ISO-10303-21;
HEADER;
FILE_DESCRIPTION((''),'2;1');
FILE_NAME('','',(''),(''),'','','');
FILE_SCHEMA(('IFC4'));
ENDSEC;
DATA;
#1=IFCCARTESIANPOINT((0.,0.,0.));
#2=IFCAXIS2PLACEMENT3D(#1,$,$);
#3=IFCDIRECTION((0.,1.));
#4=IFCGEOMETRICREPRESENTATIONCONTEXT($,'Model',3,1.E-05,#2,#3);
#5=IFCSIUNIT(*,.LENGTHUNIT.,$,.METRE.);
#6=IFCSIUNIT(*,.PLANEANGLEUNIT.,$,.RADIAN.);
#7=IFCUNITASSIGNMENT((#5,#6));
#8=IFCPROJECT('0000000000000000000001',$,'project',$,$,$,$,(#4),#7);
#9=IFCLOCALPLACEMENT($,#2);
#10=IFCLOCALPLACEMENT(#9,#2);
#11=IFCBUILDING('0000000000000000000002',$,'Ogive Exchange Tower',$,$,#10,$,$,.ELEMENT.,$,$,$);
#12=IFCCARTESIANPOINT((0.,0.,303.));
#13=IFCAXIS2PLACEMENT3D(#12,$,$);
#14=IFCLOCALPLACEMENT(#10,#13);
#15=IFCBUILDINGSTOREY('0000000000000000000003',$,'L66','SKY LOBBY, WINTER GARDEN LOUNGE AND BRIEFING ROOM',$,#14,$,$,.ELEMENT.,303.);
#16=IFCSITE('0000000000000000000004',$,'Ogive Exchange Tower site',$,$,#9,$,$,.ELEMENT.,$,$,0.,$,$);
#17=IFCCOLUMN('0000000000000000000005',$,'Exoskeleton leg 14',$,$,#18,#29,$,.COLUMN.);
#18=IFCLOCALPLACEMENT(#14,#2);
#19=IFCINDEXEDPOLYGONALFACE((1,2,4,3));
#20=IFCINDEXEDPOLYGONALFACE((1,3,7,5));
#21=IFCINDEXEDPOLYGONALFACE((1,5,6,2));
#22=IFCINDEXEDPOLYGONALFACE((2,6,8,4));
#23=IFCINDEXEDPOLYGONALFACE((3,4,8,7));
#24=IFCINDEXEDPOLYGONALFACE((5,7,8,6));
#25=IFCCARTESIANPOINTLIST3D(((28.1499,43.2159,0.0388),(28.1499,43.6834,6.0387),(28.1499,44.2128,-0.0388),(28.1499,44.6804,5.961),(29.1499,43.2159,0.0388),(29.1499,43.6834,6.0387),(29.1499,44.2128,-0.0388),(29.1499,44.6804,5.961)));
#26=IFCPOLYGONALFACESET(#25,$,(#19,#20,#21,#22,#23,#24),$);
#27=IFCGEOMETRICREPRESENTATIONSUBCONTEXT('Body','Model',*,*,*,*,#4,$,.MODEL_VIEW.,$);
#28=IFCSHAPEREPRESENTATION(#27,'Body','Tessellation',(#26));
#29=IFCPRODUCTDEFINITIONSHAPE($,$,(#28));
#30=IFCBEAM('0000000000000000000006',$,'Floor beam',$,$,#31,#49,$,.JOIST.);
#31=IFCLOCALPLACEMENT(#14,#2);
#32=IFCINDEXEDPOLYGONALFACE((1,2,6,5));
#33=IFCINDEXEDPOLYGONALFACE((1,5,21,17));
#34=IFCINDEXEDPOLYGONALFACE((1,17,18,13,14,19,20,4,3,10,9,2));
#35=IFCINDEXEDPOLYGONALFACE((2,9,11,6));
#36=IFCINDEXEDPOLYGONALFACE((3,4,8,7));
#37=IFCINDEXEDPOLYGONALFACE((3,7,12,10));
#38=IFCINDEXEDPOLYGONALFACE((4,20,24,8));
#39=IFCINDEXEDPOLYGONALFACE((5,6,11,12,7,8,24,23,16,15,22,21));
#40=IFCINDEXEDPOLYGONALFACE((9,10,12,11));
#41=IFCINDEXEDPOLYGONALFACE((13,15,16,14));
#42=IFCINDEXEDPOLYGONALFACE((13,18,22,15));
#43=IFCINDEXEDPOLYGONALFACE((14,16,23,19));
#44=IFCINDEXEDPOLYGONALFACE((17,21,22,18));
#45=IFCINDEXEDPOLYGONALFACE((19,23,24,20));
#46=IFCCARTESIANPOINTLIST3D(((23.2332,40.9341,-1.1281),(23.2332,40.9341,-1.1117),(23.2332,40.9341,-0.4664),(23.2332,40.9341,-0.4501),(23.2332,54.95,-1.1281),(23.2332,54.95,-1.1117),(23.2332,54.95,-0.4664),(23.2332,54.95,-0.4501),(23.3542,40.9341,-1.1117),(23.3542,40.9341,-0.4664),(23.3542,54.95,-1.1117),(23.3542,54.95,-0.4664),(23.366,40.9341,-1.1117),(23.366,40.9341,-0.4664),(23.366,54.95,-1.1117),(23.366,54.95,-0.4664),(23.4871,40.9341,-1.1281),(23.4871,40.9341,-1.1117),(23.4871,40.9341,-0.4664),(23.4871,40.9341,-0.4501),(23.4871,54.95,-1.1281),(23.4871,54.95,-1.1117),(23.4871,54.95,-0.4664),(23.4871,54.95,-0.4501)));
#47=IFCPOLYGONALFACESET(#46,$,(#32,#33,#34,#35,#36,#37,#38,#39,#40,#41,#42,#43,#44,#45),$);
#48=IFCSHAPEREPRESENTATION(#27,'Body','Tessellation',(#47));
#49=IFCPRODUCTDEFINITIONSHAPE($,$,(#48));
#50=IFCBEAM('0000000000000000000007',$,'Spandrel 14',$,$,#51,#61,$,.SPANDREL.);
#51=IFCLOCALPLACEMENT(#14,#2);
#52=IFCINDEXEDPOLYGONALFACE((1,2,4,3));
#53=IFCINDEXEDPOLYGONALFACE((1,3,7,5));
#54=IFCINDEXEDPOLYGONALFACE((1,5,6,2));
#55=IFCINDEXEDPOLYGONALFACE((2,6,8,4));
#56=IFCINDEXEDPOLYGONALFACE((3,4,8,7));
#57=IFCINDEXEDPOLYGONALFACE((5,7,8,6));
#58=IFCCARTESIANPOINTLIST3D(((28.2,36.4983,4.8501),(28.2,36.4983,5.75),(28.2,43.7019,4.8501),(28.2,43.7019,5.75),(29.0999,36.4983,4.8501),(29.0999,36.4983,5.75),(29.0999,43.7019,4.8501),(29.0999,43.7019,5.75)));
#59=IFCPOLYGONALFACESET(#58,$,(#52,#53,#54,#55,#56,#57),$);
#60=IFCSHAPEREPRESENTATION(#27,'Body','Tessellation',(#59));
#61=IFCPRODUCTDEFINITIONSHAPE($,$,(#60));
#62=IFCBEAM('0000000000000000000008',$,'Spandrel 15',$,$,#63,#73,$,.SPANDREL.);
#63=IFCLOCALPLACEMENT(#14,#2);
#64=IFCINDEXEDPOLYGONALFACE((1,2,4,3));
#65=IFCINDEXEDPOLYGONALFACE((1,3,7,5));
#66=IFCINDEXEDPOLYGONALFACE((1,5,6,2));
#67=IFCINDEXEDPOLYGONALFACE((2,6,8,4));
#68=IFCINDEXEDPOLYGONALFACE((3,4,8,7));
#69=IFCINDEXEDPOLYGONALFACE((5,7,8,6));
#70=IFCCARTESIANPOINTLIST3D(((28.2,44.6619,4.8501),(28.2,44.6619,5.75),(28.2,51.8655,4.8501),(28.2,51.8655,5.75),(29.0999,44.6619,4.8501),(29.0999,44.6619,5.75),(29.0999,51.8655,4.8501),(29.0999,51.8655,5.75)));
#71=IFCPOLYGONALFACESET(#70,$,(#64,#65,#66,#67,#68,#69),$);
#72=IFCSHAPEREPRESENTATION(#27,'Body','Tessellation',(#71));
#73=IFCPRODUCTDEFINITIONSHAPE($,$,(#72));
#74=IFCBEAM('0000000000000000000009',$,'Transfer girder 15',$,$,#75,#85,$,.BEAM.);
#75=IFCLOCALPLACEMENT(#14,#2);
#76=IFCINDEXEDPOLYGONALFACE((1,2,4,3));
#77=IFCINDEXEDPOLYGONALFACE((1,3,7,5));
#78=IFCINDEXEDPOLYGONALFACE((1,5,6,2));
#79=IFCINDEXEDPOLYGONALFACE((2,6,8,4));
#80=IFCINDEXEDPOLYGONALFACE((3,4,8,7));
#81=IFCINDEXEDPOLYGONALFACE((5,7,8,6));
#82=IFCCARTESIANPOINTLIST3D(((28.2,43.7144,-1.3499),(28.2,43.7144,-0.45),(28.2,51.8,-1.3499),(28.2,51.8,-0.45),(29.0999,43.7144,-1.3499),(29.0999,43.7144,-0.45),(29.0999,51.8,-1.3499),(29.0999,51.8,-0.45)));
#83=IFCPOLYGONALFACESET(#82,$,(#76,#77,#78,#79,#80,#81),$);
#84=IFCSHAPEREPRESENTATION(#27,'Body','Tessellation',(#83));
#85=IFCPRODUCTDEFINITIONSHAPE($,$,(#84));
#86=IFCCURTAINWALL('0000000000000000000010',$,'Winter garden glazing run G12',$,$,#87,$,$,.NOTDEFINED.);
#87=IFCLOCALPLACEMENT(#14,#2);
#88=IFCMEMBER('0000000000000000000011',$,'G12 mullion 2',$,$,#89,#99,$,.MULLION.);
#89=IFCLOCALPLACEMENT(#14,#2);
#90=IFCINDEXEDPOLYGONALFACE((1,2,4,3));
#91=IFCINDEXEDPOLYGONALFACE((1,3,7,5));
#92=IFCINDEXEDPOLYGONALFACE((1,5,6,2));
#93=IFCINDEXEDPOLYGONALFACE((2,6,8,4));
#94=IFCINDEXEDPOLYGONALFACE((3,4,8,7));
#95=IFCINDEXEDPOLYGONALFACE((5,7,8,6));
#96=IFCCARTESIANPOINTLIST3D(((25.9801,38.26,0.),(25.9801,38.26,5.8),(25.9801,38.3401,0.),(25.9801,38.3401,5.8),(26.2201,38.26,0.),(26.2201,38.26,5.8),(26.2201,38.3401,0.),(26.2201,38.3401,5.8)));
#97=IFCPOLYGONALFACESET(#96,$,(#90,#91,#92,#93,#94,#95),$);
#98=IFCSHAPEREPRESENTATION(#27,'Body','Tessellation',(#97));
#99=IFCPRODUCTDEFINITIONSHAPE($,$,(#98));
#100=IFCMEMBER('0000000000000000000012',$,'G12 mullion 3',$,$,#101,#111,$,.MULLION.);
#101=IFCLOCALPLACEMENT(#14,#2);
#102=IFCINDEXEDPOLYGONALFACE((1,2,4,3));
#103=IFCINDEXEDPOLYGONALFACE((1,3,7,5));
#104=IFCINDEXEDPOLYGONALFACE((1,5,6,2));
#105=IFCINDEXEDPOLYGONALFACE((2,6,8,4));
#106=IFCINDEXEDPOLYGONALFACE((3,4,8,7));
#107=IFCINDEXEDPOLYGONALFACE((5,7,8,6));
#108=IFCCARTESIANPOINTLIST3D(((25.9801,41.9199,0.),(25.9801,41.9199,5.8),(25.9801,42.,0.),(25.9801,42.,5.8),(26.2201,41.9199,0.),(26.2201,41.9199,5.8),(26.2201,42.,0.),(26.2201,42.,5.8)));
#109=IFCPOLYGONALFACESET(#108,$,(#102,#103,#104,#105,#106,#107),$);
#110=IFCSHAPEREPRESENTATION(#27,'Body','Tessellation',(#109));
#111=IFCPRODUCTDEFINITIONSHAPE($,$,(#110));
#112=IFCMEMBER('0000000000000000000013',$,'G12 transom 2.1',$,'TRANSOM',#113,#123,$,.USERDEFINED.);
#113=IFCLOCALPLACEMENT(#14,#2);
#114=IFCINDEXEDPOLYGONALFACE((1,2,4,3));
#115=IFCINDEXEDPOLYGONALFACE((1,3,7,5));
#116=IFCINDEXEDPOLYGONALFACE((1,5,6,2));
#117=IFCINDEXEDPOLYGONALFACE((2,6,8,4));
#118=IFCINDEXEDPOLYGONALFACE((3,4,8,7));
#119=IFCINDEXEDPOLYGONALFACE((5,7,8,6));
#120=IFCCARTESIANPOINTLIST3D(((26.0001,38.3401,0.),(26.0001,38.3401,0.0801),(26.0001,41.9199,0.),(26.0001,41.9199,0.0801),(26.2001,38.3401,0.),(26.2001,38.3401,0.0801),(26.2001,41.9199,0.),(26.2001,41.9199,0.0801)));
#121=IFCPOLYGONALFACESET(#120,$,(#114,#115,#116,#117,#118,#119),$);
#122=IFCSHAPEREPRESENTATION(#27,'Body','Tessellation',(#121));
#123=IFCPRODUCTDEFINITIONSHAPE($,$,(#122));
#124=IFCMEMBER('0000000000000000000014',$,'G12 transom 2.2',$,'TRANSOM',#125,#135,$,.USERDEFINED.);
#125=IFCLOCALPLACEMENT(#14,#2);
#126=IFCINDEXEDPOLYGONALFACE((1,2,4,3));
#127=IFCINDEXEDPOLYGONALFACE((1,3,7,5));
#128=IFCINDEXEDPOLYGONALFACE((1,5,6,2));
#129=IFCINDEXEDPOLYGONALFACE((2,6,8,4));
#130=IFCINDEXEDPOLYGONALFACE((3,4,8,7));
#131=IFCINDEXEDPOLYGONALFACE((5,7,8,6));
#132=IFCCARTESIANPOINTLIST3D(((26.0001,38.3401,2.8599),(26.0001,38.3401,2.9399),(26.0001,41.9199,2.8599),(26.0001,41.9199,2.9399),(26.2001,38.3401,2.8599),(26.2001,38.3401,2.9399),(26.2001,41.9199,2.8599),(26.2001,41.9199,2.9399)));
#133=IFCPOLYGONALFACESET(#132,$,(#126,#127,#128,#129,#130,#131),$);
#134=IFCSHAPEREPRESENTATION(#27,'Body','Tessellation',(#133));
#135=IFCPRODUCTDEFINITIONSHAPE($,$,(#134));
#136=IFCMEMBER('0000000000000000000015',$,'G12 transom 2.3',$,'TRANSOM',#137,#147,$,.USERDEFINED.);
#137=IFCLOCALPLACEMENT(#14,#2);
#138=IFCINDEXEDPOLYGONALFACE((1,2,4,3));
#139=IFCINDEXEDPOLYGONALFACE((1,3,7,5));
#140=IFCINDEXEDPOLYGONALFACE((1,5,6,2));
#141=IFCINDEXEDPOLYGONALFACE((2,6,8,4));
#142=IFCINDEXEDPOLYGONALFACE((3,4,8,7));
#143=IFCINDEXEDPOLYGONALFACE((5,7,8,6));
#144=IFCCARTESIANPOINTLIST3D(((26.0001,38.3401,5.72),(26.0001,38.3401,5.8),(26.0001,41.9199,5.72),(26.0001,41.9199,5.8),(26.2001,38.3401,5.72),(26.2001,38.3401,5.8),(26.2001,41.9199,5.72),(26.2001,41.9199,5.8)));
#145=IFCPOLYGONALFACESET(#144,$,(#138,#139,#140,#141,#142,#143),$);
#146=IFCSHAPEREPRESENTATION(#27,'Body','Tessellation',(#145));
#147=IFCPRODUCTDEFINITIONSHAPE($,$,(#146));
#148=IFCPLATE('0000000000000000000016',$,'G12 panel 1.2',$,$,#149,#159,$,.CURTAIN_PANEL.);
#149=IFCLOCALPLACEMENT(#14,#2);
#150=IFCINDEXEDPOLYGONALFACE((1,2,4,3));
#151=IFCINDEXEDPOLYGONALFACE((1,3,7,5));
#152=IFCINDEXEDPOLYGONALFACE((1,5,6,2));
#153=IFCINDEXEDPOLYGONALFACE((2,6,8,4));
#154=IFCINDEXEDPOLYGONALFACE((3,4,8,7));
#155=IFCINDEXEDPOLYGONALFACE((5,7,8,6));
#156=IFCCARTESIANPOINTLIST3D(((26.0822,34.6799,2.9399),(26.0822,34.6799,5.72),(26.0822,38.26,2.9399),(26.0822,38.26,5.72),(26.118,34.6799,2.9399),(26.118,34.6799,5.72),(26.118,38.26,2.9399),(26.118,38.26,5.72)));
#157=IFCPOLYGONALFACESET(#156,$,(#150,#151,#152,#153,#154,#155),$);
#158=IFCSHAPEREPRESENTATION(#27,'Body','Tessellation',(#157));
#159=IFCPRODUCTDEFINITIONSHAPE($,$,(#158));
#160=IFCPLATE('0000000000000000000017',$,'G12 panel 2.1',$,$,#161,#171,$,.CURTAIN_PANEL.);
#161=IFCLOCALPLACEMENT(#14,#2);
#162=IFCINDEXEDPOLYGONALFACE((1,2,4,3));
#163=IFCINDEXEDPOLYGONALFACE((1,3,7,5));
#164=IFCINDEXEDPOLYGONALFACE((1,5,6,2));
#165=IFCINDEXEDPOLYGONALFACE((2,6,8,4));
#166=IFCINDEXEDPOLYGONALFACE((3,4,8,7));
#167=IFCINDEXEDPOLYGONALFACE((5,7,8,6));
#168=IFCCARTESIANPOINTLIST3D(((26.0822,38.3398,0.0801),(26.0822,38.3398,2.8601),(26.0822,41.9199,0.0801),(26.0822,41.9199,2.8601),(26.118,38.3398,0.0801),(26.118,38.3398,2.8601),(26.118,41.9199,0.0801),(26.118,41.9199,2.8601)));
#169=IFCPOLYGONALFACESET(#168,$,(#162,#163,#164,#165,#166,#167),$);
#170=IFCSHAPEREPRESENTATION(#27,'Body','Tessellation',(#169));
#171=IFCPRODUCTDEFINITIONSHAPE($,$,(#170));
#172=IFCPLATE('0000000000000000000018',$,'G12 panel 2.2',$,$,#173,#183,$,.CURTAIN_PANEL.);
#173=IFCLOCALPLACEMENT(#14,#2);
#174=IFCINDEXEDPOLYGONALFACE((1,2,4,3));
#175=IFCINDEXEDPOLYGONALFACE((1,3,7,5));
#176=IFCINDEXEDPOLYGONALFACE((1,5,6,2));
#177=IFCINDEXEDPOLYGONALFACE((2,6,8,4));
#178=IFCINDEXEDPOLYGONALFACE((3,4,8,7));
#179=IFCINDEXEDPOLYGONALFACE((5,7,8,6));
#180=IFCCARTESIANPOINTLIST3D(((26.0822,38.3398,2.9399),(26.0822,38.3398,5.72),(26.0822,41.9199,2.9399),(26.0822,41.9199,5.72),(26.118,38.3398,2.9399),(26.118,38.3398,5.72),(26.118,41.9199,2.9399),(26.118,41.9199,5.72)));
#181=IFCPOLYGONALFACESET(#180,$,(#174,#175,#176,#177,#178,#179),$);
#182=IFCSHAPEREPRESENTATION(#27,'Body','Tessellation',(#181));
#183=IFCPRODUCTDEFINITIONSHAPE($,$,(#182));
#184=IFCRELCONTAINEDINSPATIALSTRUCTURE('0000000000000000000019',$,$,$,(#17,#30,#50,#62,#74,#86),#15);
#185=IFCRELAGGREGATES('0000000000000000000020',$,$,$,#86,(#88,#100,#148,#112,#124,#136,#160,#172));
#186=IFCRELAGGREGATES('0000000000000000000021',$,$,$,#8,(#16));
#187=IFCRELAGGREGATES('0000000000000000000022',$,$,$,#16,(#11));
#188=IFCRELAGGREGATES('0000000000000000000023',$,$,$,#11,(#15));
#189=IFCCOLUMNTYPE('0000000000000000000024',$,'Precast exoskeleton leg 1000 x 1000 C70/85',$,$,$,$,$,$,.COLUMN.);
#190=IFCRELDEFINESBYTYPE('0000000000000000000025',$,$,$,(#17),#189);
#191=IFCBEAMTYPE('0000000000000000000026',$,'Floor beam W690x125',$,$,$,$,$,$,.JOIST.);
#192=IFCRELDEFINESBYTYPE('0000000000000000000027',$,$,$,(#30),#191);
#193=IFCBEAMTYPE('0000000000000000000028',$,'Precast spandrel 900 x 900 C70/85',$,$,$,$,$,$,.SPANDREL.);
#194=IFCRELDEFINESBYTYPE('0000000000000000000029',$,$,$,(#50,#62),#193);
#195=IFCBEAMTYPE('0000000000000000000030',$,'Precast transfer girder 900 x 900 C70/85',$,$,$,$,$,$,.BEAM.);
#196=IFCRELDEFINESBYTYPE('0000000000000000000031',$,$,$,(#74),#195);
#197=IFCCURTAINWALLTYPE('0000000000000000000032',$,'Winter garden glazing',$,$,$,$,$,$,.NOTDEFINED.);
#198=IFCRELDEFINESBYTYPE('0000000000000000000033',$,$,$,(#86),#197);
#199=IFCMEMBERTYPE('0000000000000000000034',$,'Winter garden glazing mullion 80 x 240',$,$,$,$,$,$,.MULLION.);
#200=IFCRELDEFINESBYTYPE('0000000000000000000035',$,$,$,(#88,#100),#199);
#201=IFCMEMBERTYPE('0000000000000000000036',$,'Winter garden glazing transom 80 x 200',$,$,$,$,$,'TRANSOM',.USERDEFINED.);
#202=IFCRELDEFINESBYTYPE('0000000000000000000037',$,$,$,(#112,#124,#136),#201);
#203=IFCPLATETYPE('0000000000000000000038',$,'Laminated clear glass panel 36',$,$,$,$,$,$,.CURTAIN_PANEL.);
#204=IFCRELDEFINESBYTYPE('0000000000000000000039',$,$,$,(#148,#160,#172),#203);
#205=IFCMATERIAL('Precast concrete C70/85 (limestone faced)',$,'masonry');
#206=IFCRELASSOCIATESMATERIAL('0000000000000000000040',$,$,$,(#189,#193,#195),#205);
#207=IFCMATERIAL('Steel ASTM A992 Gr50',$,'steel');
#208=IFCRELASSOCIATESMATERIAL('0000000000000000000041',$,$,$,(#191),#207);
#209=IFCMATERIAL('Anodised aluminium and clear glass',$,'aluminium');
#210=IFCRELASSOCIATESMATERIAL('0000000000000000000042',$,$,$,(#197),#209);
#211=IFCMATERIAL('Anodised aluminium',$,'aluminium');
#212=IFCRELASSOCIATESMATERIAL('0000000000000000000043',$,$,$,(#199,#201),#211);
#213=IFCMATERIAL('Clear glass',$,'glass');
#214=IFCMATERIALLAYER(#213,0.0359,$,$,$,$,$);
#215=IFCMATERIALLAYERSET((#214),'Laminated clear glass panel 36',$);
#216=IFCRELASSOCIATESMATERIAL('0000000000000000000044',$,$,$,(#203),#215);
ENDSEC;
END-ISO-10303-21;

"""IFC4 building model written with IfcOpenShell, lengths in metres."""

from ifc_helpers import new_model, si_unit, direction, frame, origin, origin_2d, place, context, subcontext, project, spatial, rectangle, i_section, extrude, material, layer, layer_set, material_profile, profile_set, type_object, element, aggregate, save


model = new_model("IFC4")

# Units and contexts
model_context = context("Model", 3, precision=1e-05, world=origin(), true_north=direction((0.0, 1.0)))
body_context = subcontext(model_context, "Body", "Model", "MODEL_VIEW")
ifc_project = project(units=[si_unit("LENGTHUNIT", "METRE"), si_unit("PLANEANGLEUNIT", "RADIAN")], contexts=[model_context])

# Site, building, storey
site_placement = place(None, origin())
site = spatial("IfcSite", under=ifc_project, at=site_placement, Name="Ogive Exchange Tower site", CompositionType="ELEMENT", RefElevation=0.0)
building_placement = place(site_placement, origin())
building = spatial("IfcBuilding", under=site, at=building_placement, Name="Ogive Exchange Tower", CompositionType="ELEMENT")
storey_placement = place(building_placement, frame((0.0, 0.0, 303.0)))
storey = spatial("IfcBuildingStorey", under=building, at=storey_placement, Name="L66", Description="SKY LOBBY, WINTER GARDEN LOUNGE AND BRIEFING ROOM", CompositionType="ELEMENT", Elevation=303.0)

# Column
ifc_material_1 = material(Name="Precast concrete C70/85 (limestone faced)", Category="masonry")
ifc_material_profile_1 = material_profile(ifc_material_1, rectangle(XDim=1.0, YDim=1.0, at=origin_2d()), Name="1000 x 1000")
ifc_profile_set_1 = profile_set([ifc_material_profile_1], Name="Precast concrete C70/85 (limestone faced)")
column_type = type_object("IfcColumnType", Name="Precast exoskeleton leg 1000 x 1000 C70/85", PredefinedType="COLUMN", material=ifc_profile_set_1)
column_placement = place(storey_placement, frame((28.6499, 43.7144, 0.0), z_axis=(0.0, 0.077686, 0.996978), x_axis=(-1.0, 0.0, 0.0)))
element("IfcColumn", 1, at=column_placement, inside=storey, type_object=column_type, Name="Exoskeleton leg 14", PredefinedType="COLUMN", context=body_context, shape_type="SweptSolid", body=[
    extrude(rectangle(XDim=1.0, YDim=1.0, at=origin_2d()), origin(), (0.0, 0.0, 1.0), 6.0181),
])

# Beams
ifc_material_2 = material(Name="Steel ASTM A992 Gr50", Category="steel")
ifc_material_profile_2 = material_profile(ifc_material_2, i_section(OverallWidth=0.2539, OverallDepth=0.678, WebThickness=0.0117, FlangeThickness=0.0164, at=origin_2d()), Name="W690x125")
ifc_profile_set_2 = profile_set([ifc_material_profile_2], Name="Steel ASTM A992 Gr50")
beam_type_1 = type_object("IfcBeamType", Name="Floor beam W690x125", PredefinedType="JOIST", material=ifc_profile_set_2)
beam_1_placement = place(storey_placement, frame((23.3601, 40.9341, -0.7891), z_axis=(0.0, 1.0, 0.0), x_axis=(-1.0, 0.0, 0.0)))
element("IfcBeam", 2, at=beam_1_placement, inside=storey, type_object=beam_type_1, Name="Floor beam", PredefinedType="JOIST", context=body_context, shape_type="SweptSolid", body=[
    extrude(i_section(OverallWidth=0.2539, OverallDepth=0.678, WebThickness=0.0117, FlangeThickness=0.0164, at=origin_2d()), origin(), (0.0, 0.0, 1.0), 14.0159),
])
ifc_material_profile_3 = material_profile(ifc_material_1, rectangle(XDim=0.8999, YDim=0.8999, at=origin_2d()), Name="900 x 900")
ifc_profile_set_3 = profile_set([ifc_material_profile_3], Name="Precast concrete C70/85 (limestone faced)")
beam_type_2 = type_object("IfcBeamType", Name="Precast spandrel 900 x 900 C70/85", PredefinedType="SPANDREL", material=ifc_profile_set_3)
for number, where, z_axis, x_axis, name in (
    (3, (28.6499, 36.4983, 5.3), (0.0, 1.0, 0.0), (-1.0, 0.0, 0.0), "Spandrel 14"),
    (4, (28.6499, 44.6619, 5.3), (0.0, 1.0, 0.0), (-1.0, 0.0, 0.0), "Spandrel 15"),
):
    element("IfcBeam", number, at=place(storey_placement, frame(where, z_axis=z_axis, x_axis=x_axis)), inside=storey, type_object=beam_type_2, Name=name, PredefinedType="SPANDREL", context=body_context, shape_type="SweptSolid", body=[
        extrude(rectangle(XDim=0.8999, YDim=0.8999, at=origin_2d()), origin(), (0.0, 0.0, 1.0), 7.2036),
    ])
ifc_material_profile_4 = material_profile(ifc_material_1, rectangle(XDim=0.8999, YDim=0.8999, at=origin_2d()), Name="900 x 900")
ifc_profile_set_4 = profile_set([ifc_material_profile_4], Name="Precast concrete C70/85 (limestone faced)")
beam_type_3 = type_object("IfcBeamType", Name="Precast transfer girder 900 x 900 C70/85", PredefinedType="BEAM", material=ifc_profile_set_4)
beam_2_placement = place(storey_placement, frame((28.6499, 43.7144, -0.8999), z_axis=(0.0, 1.0, 0.0), x_axis=(-1.0, 0.0, 0.0)))
element("IfcBeam", 5, at=beam_2_placement, inside=storey, type_object=beam_type_3, Name="Transfer girder 15", PredefinedType="BEAM", context=body_context, shape_type="SweptSolid", body=[
    extrude(rectangle(XDim=0.8999, YDim=0.8999, at=origin_2d()), origin(), (0.0, 0.0, 1.0), 8.0857),
])

# Curtain wall, members, plates
ifc_material_3 = material(Name="Anodised aluminium and clear glass", Category="aluminium")
curtain_wall_type = type_object("IfcCurtainWallType", Name="Winter garden glazing", PredefinedType="NOTDEFINED", material=ifc_material_3)
curtain_wall_placement = place(storey_placement, origin())
curtain_wall = element("IfcCurtainWall", 6, at=curtain_wall_placement, inside=storey, type_object=curtain_wall_type, Name="Winter garden glazing run G12", PredefinedType="NOTDEFINED")
ifc_material_4 = material(Name="Anodised aluminium", Category="aluminium")
ifc_material_profile_5 = material_profile(ifc_material_4, rectangle(XDim=0.24, YDim=0.0801, at=origin_2d()), Name="AL 80x240")
ifc_profile_set_5 = profile_set([ifc_material_profile_5], Name="Anodised aluminium")
member_type_1 = type_object("IfcMemberType", Name="Winter garden glazing mullion 80 x 240", PredefinedType="MULLION", material=ifc_profile_set_5)
member_1_placement = place(storey_placement, frame((26.1001, 38.3, 0.0), z_axis=(0.0, 0.0, 1.0), x_axis=(-1.0, 0.0, 0.0)))
member_1 = element("IfcMember", 7, at=member_1_placement, type_object=member_type_1, Name="G12 mullion 2", PredefinedType="MULLION", context=body_context, shape_type="SweptSolid", body=[
    extrude(rectangle(XDim=0.24, YDim=0.0801, at=origin_2d()), origin(), (0.0, 0.0, 1.0), 5.8),
])
member_2_placement = place(storey_placement, frame((26.1001, 41.96, 0.0), z_axis=(0.0, 0.0, 1.0), x_axis=(-1.0, 0.0, 0.0)))
member_2 = element("IfcMember", 8, at=member_2_placement, type_object=member_type_1, Name="G12 mullion 3", PredefinedType="MULLION", context=body_context, shape_type="SweptSolid", body=[
    extrude(rectangle(XDim=0.24, YDim=0.0801, at=origin_2d()), origin(), (0.0, 0.0, 1.0), 5.8),
])
ifc_material_profile_6 = material_profile(ifc_material_4, rectangle(XDim=0.2, YDim=0.0801, at=origin_2d()), Name="AL 80x200")
ifc_profile_set_6 = profile_set([ifc_material_profile_6], Name="Anodised aluminium")
member_type_2 = type_object("IfcMemberType", Name="Winter garden glazing transom 80 x 200", ElementType="TRANSOM", PredefinedType="USERDEFINED", material=ifc_profile_set_6)
member_3_placement = place(storey_placement, frame((26.1001, 38.3401, 0.04), z_axis=(0.0, 1.0, 0.0), x_axis=(-1.0, 0.0, 0.0)))
member_3 = element("IfcMember", 9, at=member_3_placement, type_object=member_type_2, Name="G12 transom 2.1", ObjectType="TRANSOM", PredefinedType="USERDEFINED", context=body_context, shape_type="SweptSolid", body=[
    extrude(rectangle(XDim=0.2, YDim=0.0801, at=origin_2d()), origin(), (0.0, 0.0, 1.0), 3.5798),
])
member_4_placement = place(storey_placement, frame((26.1001, 38.3401, 2.8999), z_axis=(0.0, 1.0, 0.0), x_axis=(-1.0, 0.0, 0.0)))
member_4 = element("IfcMember", 10, at=member_4_placement, type_object=member_type_2, Name="G12 transom 2.2", ObjectType="TRANSOM", PredefinedType="USERDEFINED", context=body_context, shape_type="SweptSolid", body=[
    extrude(rectangle(XDim=0.2, YDim=0.0801, at=origin_2d()), origin(), (0.0, 0.0, 1.0), 3.5798),
])
member_5_placement = place(storey_placement, frame((26.1001, 38.3401, 5.76), z_axis=(0.0, 1.0, 0.0), x_axis=(-1.0, 0.0, 0.0)))
member_5 = element("IfcMember", 11, at=member_5_placement, type_object=member_type_2, Name="G12 transom 2.3", ObjectType="TRANSOM", PredefinedType="USERDEFINED", context=body_context, shape_type="SweptSolid", body=[
    extrude(rectangle(XDim=0.2, YDim=0.0801, at=origin_2d()), origin(), (0.0, 0.0, 1.0), 3.5798),
])
ifc_material_5 = material(Name="Clear glass", Category="glass")
ifc_layer_1 = layer(ifc_material_5, 0.0359)
ifc_layer_set_1 = layer_set([ifc_layer_1], Name="Laminated clear glass panel 36")
plate_type = type_object("IfcPlateType", Name="Laminated clear glass panel 36", PredefinedType="CURTAIN_PANEL", material=ifc_layer_set_1)
plate_1_placement = place(storey_placement, frame((26.1001, 36.47, 2.9399), z_axis=(0.0, 0.0, 1.0), x_axis=(0.0, 1.0, 0.0)))
plate_1 = element("IfcPlate", 12, at=plate_1_placement, type_object=plate_type, Name="G12 panel 1.2", PredefinedType="CURTAIN_PANEL", context=body_context, shape_type="SweptSolid", body=[
    extrude(rectangle(XDim=3.5801, YDim=0.0359, at=origin_2d()), origin(), (0.0, 0.0, 1.0), 2.78),
])
plate_2_placement = place(storey_placement, frame((26.1001, 40.1299, 0.0801), z_axis=(0.0, 0.0, 1.0), x_axis=(0.0, 1.0, 0.0)))
plate_2 = element("IfcPlate", 13, at=plate_2_placement, type_object=plate_type, Name="G12 panel 2.1", PredefinedType="CURTAIN_PANEL", context=body_context, shape_type="SweptSolid", body=[
    extrude(rectangle(XDim=3.5801, YDim=0.0359, at=origin_2d()), origin(), (0.0, 0.0, 1.0), 2.78),
])
plate_3_placement = place(storey_placement, frame((26.1001, 40.1299, 2.9399), z_axis=(0.0, 0.0, 1.0), x_axis=(0.0, 1.0, 0.0)))
plate_3 = element("IfcPlate", 14, at=plate_3_placement, type_object=plate_type, Name="G12 panel 2.2", PredefinedType="CURTAIN_PANEL", context=body_context, shape_type="SweptSolid", body=[
    extrude(rectangle(XDim=3.5801, YDim=0.0359, at=origin_2d()), origin(), (0.0, 0.0, 1.0), 2.78),
])
aggregate(curtain_wall, [member_1, member_2, plate_1, member_3, member_4, member_5, plate_2, plate_3])

save(model, "model.ifc")
